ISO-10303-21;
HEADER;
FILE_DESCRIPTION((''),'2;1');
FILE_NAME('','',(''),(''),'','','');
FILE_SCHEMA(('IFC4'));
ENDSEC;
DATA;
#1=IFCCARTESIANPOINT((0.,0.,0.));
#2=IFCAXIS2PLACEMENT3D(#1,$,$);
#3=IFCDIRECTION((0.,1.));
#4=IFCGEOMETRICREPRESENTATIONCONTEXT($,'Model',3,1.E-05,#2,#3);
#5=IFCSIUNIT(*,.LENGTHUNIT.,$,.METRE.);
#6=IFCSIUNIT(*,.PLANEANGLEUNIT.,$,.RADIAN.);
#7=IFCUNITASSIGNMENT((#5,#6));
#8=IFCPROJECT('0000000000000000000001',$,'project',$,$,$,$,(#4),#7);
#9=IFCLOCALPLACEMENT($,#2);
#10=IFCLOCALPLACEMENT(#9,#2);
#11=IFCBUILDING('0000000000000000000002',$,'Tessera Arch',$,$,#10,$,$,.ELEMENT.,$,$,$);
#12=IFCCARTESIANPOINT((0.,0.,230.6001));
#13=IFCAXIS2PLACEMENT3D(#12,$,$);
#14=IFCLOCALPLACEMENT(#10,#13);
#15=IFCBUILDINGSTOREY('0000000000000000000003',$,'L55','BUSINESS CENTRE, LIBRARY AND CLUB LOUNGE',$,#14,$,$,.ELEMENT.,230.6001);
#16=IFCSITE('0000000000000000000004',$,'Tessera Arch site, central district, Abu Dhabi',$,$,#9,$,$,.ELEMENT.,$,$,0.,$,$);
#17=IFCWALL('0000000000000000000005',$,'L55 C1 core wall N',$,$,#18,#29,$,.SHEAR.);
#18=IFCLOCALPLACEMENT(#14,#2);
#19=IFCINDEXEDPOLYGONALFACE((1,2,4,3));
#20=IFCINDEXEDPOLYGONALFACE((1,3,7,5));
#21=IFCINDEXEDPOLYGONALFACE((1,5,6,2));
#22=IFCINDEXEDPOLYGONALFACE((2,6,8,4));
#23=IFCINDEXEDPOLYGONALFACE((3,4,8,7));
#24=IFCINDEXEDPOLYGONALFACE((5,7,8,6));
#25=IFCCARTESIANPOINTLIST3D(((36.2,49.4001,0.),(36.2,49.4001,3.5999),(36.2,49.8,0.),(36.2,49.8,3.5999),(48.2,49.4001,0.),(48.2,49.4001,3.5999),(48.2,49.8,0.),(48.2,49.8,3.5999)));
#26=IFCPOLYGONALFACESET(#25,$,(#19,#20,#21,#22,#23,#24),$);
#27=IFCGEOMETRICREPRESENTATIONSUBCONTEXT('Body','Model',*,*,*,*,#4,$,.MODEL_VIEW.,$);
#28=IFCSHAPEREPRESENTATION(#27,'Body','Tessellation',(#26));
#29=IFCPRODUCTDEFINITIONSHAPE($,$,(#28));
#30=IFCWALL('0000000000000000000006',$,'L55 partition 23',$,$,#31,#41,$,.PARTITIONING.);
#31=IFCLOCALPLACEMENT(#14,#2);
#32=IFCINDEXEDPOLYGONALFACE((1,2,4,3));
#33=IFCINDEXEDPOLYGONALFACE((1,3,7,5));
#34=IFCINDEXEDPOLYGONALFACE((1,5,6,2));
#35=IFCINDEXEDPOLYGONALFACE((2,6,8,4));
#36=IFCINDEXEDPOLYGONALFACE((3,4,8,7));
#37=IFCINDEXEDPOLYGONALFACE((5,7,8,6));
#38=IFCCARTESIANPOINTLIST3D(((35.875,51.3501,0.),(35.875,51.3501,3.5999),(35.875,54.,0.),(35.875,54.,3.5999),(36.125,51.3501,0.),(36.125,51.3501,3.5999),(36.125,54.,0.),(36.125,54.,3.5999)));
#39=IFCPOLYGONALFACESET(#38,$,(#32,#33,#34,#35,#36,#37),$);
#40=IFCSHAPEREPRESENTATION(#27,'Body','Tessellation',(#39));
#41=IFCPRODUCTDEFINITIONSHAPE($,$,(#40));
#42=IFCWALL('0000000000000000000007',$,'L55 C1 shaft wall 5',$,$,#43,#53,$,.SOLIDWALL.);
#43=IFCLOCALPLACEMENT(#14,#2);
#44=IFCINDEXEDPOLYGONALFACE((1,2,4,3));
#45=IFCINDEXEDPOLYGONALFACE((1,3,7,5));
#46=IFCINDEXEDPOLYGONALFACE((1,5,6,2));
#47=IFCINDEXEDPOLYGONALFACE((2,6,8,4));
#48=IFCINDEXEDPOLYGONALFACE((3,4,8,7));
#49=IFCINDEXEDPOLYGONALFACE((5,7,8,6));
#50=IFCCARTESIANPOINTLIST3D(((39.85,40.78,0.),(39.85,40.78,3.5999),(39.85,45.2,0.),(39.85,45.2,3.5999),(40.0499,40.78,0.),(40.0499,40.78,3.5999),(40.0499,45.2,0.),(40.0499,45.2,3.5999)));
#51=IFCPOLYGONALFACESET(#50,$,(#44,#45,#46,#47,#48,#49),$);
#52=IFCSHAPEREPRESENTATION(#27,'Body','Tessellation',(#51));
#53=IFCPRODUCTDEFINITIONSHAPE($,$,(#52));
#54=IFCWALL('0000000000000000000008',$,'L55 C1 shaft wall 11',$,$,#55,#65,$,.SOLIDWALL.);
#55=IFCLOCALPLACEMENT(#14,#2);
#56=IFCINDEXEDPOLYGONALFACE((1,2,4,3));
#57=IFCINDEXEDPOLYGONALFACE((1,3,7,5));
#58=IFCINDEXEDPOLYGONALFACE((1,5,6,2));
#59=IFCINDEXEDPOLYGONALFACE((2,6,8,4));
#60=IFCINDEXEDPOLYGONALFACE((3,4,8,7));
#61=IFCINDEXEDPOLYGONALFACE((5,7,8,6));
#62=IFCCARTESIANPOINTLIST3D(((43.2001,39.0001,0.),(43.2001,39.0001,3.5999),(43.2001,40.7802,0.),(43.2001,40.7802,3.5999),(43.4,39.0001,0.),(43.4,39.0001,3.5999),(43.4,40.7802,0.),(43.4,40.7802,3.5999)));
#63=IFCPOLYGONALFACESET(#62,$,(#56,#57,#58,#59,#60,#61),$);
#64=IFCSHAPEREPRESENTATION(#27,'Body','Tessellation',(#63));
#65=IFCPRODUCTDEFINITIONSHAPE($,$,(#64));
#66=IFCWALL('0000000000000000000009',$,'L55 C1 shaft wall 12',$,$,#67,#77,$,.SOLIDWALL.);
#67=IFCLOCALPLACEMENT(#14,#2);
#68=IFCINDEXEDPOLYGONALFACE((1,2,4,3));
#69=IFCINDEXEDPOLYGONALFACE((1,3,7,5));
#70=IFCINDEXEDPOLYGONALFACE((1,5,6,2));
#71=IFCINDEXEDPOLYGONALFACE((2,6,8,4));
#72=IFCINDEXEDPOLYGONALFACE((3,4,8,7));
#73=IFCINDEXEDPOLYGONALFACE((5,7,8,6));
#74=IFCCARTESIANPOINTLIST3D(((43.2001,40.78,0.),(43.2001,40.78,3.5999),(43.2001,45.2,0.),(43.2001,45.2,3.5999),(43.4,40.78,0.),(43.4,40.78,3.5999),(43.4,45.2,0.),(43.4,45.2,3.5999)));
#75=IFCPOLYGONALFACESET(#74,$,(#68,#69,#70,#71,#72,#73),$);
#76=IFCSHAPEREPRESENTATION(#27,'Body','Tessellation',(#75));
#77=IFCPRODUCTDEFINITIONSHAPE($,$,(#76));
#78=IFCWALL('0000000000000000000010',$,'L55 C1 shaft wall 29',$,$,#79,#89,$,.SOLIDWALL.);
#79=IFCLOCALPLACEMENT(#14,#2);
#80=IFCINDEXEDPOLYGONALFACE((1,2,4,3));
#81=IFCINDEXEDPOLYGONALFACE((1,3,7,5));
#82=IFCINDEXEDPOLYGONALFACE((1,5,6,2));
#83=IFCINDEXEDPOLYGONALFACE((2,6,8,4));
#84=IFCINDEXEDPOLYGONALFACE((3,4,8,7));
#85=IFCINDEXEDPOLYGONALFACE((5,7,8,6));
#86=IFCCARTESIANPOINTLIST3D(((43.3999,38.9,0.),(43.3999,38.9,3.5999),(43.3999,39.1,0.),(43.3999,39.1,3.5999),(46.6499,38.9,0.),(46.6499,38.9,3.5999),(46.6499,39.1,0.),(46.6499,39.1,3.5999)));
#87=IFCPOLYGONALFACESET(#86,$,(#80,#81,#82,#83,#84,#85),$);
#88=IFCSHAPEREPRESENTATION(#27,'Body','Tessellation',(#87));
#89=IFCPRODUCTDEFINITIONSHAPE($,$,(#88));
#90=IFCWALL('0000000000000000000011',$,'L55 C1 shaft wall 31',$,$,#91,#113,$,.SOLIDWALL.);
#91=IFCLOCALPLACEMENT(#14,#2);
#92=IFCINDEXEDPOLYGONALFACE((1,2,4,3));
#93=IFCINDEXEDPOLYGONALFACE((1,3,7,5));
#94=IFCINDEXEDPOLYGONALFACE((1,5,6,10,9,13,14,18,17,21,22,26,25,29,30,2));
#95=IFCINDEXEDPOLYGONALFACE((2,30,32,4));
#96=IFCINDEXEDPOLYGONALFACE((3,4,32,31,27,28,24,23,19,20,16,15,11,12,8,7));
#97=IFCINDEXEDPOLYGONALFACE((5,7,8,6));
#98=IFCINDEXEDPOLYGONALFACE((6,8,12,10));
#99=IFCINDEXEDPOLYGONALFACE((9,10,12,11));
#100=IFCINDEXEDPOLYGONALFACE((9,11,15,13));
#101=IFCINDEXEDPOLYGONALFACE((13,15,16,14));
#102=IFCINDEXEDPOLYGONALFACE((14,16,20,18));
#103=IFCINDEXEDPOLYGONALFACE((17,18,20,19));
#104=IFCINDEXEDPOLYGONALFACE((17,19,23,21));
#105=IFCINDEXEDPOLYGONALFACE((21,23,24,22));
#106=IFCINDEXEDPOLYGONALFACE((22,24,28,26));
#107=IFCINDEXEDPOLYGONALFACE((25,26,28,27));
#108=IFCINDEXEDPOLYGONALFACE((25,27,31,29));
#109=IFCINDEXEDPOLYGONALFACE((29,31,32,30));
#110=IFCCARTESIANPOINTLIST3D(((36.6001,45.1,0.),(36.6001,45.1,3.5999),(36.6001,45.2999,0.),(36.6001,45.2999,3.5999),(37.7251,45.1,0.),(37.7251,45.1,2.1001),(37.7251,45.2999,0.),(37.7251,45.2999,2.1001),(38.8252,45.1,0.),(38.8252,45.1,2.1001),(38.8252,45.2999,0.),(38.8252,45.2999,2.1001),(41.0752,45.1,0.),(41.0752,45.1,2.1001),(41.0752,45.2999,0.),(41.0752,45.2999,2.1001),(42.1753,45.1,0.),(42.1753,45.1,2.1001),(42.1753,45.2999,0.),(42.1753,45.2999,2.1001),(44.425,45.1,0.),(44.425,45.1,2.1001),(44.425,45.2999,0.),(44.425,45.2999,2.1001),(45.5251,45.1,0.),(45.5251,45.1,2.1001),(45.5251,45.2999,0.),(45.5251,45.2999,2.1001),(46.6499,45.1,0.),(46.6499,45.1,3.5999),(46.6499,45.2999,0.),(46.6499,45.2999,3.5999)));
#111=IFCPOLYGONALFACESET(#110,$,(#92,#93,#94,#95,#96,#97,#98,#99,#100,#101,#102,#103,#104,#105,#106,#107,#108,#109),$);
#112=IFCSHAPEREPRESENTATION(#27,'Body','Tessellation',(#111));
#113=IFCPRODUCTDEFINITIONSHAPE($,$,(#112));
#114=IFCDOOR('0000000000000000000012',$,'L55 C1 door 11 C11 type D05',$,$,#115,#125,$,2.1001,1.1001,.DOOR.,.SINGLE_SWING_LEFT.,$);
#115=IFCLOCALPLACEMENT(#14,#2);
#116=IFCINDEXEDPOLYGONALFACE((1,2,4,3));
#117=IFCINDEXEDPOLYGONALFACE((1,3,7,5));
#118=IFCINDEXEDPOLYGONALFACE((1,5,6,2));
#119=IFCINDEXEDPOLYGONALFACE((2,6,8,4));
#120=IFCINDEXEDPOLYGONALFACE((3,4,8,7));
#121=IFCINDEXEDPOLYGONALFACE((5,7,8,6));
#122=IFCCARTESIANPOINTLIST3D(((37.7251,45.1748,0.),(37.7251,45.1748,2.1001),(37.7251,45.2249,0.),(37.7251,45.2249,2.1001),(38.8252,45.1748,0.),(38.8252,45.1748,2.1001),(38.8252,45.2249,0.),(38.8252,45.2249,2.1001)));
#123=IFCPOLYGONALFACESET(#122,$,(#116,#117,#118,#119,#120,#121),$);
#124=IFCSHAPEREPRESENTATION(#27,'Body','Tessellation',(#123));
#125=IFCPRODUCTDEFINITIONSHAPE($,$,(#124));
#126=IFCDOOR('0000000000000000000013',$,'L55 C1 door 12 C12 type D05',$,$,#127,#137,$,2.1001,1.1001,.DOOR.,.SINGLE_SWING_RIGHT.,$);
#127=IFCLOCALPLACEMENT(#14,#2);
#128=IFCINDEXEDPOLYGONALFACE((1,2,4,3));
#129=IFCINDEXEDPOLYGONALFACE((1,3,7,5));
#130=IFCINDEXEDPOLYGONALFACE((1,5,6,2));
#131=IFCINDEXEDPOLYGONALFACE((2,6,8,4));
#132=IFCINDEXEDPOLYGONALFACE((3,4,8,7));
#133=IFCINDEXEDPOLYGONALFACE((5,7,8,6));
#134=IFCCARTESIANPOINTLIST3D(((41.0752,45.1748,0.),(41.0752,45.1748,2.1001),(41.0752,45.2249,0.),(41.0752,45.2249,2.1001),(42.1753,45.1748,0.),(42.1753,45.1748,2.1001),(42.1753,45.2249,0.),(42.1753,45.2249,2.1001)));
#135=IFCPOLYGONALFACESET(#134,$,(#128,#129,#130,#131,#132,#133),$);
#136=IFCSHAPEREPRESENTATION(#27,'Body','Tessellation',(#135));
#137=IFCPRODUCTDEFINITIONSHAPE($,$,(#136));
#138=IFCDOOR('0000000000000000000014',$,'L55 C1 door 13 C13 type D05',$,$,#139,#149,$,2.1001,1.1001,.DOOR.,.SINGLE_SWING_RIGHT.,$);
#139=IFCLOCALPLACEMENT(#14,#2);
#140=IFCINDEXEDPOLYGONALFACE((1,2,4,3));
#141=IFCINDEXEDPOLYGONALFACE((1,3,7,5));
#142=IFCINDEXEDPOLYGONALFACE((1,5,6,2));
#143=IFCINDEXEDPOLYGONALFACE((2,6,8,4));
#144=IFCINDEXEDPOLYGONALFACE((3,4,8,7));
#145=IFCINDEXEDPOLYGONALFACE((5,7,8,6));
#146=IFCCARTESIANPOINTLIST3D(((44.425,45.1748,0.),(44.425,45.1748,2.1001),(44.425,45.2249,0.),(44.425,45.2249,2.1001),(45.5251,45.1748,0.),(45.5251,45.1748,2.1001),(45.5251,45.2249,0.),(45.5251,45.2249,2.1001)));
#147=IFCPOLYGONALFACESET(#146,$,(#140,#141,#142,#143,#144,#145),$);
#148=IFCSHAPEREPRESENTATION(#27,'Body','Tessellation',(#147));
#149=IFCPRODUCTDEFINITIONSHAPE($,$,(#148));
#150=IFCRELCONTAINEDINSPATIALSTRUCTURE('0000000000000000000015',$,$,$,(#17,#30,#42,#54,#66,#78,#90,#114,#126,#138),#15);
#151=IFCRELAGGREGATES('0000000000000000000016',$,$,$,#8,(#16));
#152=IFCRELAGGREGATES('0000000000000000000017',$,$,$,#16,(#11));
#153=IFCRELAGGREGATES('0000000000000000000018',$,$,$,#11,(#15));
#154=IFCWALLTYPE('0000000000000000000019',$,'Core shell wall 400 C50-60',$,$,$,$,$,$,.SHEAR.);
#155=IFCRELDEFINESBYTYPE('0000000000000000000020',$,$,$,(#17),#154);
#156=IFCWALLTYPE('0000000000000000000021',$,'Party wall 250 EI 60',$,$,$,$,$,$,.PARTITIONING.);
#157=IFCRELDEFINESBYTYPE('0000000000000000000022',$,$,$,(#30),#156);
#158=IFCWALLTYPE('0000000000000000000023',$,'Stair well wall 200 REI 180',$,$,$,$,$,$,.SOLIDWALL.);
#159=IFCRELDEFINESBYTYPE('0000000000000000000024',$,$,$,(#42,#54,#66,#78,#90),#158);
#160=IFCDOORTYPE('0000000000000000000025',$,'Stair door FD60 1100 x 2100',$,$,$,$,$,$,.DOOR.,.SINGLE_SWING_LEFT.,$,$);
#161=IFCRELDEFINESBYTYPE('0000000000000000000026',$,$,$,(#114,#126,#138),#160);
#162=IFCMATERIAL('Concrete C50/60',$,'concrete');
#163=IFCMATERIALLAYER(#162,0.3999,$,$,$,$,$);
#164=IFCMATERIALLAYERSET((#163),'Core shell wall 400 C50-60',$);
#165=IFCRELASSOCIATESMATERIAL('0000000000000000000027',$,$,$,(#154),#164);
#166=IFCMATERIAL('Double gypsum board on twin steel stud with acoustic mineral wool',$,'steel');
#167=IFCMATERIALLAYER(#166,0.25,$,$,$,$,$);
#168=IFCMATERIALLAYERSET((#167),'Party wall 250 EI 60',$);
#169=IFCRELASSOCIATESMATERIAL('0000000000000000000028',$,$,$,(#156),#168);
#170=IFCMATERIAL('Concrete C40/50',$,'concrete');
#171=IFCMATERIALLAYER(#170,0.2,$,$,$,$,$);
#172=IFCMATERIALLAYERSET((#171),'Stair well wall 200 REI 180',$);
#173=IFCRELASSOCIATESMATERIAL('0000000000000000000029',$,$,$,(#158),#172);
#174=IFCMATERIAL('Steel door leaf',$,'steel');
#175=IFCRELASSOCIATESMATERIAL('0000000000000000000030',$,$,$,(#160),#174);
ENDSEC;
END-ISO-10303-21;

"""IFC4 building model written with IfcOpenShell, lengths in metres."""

from ifc_helpers import new_model, si_unit, direction, frame, frame_2d, origin, place, context, subcontext, project, spatial, rectangle, extrude, material, layer, layer_set, type_object, element, fill, save


model = new_model("IFC4")

# Units and contexts
model_context = context("Model", 3, precision=1e-05, world=origin(), true_north=direction((0.0, 1.0)))
body_context = subcontext(model_context, "Body", "Model", "MODEL_VIEW")
ifc_project = project(units=[si_unit("LENGTHUNIT", "METRE"), si_unit("PLANEANGLEUNIT", "RADIAN")], contexts=[model_context])

# Site, building, storey
site_placement = place(None, origin())
site = spatial("IfcSite", under=ifc_project, at=site_placement, Name="Tessera Arch site, central district, Abu Dhabi", CompositionType="ELEMENT", RefElevation=0.0)
building_placement = place(site_placement, origin())
building = spatial("IfcBuilding", under=site, at=building_placement, Name="Tessera Arch", CompositionType="ELEMENT")
storey_placement = place(building_placement, frame((0.0, 0.0, 230.6001)))
storey = spatial("IfcBuildingStorey", under=building, at=storey_placement, Name="L55", Description="BUSINESS CENTRE, LIBRARY AND CLUB LOUNGE", CompositionType="ELEMENT", Elevation=230.6001)

# Walls
ifc_material_1 = material(Name="Concrete C50/60", Category="concrete")
ifc_layer_1 = layer(ifc_material_1, 0.3999)
ifc_layer_set_1 = layer_set([ifc_layer_1], Name="Core shell wall 400 C50-60")
wall_type_1 = type_object("IfcWallType", Name="Core shell wall 400 C50-60", PredefinedType="SHEAR", material=ifc_layer_set_1)
wall_1_placement = place(storey_placement, frame((36.2, 49.6001, 0.0), z_axis=(0.0, 0.0, 1.0), x_axis=(1.0, 0.0, 0.0)))
element("IfcWall", 1, at=wall_1_placement, inside=storey, type_object=wall_type_1, Name="L55 C1 core wall N", PredefinedType="SHEAR", context=body_context, shape_type="SweptSolid", body=[
    extrude(rectangle(XDim=12.0, YDim=0.3999, at=frame_2d((6.0, 0.0))), origin(), (0.0, 0.0, 1.0), 3.5999),
])
ifc_material_2 = material(Name="Double gypsum board on twin steel stud with acoustic mineral wool", Category="steel")
ifc_layer_2 = layer(ifc_material_2, 0.25)
ifc_layer_set_2 = layer_set([ifc_layer_2], Name="Party wall 250 EI 60")
wall_type_2 = type_object("IfcWallType", Name="Party wall 250 EI 60", PredefinedType="PARTITIONING", material=ifc_layer_set_2)
wall_2_placement = place(storey_placement, frame((36.0, 51.3501, 0.0), z_axis=(0.0, 0.0, 1.0), x_axis=(0.0, 1.0, 0.0)))
element("IfcWall", 2, at=wall_2_placement, inside=storey, type_object=wall_type_2, Name="L55 partition 23", PredefinedType="PARTITIONING", context=body_context, shape_type="SweptSolid", body=[
    extrude(rectangle(XDim=2.6499, YDim=0.25, at=frame_2d((1.325, 0.0))), origin(), (0.0, 0.0, 1.0), 3.5999),
])
ifc_material_3 = material(Name="Concrete C40/50", Category="concrete")
ifc_layer_3 = layer(ifc_material_3, 0.2)
ifc_layer_set_3 = layer_set([ifc_layer_3], Name="Stair well wall 200 REI 180")
wall_type_3 = type_object("IfcWallType", Name="Stair well wall 200 REI 180", PredefinedType="SOLIDWALL", material=ifc_layer_set_3)
wall_3_placement = place(storey_placement, frame((39.95, 40.78, 0.0), z_axis=(0.0, 0.0, 1.0), x_axis=(0.0, 1.0, 0.0)))
element("IfcWall", 3, at=wall_3_placement, inside=storey, type_object=wall_type_3, Name="L55 C1 shaft wall 5", PredefinedType="SOLIDWALL", context=body_context, shape_type="SweptSolid", body=[
    extrude(rectangle(XDim=4.4199, YDim=0.2, at=frame_2d((2.21, 0.0))), origin(), (0.0, 0.0, 1.0), 3.5999),
])
wall_4_placement = place(storey_placement, frame((43.3, 39.0, 0.0), z_axis=(0.0, 0.0, 1.0), x_axis=(0.0, 1.0, 0.0)))
element("IfcWall", 4, at=wall_4_placement, inside=storey, type_object=wall_type_3, Name="L55 C1 shaft wall 11", PredefinedType="SOLIDWALL", context=body_context, shape_type="SweptSolid", body=[
    extrude(rectangle(XDim=1.78, YDim=0.2, at=frame_2d((0.8901, 0.0))), origin(), (0.0, 0.0, 1.0), 3.5999),
])
wall_5_placement = place(storey_placement, frame((43.3, 40.78, 0.0), z_axis=(0.0, 0.0, 1.0), x_axis=(0.0, 1.0, 0.0)))
element("IfcWall", 5, at=wall_5_placement, inside=storey, type_object=wall_type_3, Name="L55 C1 shaft wall 12", PredefinedType="SOLIDWALL", context=body_context, shape_type="SweptSolid", body=[
    extrude(rectangle(XDim=4.4199, YDim=0.2, at=frame_2d((2.21, 0.0))), origin(), (0.0, 0.0, 1.0), 3.5999),
])
wall_6_placement = place(storey_placement, frame((43.3999, 39.0, 0.0), z_axis=(0.0, 0.0, 1.0), x_axis=(1.0, 0.0, 0.0)))
element("IfcWall", 6, at=wall_6_placement, inside=storey, type_object=wall_type_3, Name="L55 C1 shaft wall 29", PredefinedType="SOLIDWALL", context=body_context, shape_type="SweptSolid", body=[
    extrude(rectangle(XDim=3.25, YDim=0.2, at=frame_2d((1.625, 0.0))), origin(), (0.0, 0.0, 1.0), 3.5999),
])

# Wall, openings, doors
wall_7_placement = place(storey_placement, frame((36.6001, 45.2, 0.0), z_axis=(0.0, 0.0, 1.0), x_axis=(1.0, 0.0, 0.0)))
wall_7 = element("IfcWall", 7, at=wall_7_placement, inside=storey, type_object=wall_type_3, Name="L55 C1 shaft wall 31", PredefinedType="SOLIDWALL", context=body_context, shape_type="SweptSolid", body=[
    extrude(rectangle(XDim=10.0498, YDim=0.2, at=frame_2d((5.0249, 0.0))), origin(), (0.0, 0.0, 1.0), 3.5999),
])
opening_1_placement = place(wall_7_placement, frame((1.125, 0.0, 0.0)))
opening_1 = element("IfcOpeningElement", 8, at=opening_1_placement, cuts=wall_7, PredefinedType="OPENING", context=body_context, shape_type="SweptSolid", body=[
    extrude(rectangle(XDim=1.1001, YDim=2.1001, at=frame_2d((0.55, 1.05))), frame((0.0, 0.1099, 0.0), z_axis=(0.0, -1.0, 0.0), x_axis=(1.0, 0.0, 0.0)), (0.0, 0.0, 1.0), 0.22),
])
opening_2_placement = place(wall_7_placement, frame((4.4751, 0.0, 0.0)))
opening_2 = element("IfcOpeningElement", 9, at=opening_2_placement, cuts=wall_7, PredefinedType="OPENING", context=body_context, shape_type="SweptSolid", body=[
    extrude(rectangle(XDim=1.1001, YDim=2.1001, at=frame_2d((0.55, 1.05))), frame((0.0, 0.1099, 0.0), z_axis=(0.0, -1.0, 0.0), x_axis=(1.0, 0.0, 0.0)), (0.0, 0.0, 1.0), 0.22),
])
opening_3_placement = place(wall_7_placement, frame((7.825, 0.0, 0.0)))
opening_3 = element("IfcOpeningElement", 10, at=opening_3_placement, cuts=wall_7, PredefinedType="OPENING", context=body_context, shape_type="SweptSolid", body=[
    extrude(rectangle(XDim=1.1001, YDim=2.1001, at=frame_2d((0.55, 1.05))), frame((0.0, 0.1099, 0.0), z_axis=(0.0, -1.0, 0.0), x_axis=(1.0, 0.0, 0.0)), (0.0, 0.0, 1.0), 0.22),
])
ifc_material_4 = material(Name="Steel door leaf", Category="steel")
door_type_1 = type_object("IfcDoorType", Name="Stair door FD60 1100 x 2100", OperationType="SINGLE_SWING_LEFT", PredefinedType="DOOR", material=ifc_material_4)
door_1_placement = place(opening_1_placement, origin())
door_1 = element("IfcDoor", 11, at=door_1_placement, inside=storey, type_object=door_type_1, Name="L55 C1 door 11 C11 type D05", OperationType="SINGLE_SWING_LEFT", OverallHeight=2.1001, OverallWidth=1.1001, PredefinedType="DOOR", context=body_context, shape_type="SweptSolid", body=[
    extrude(rectangle(XDim=1.1001, YDim=2.1001, at=frame_2d((0.55, 1.05))), frame((0.0, 0.0249, 0.0), z_axis=(0.0, -1.0, 0.0), x_axis=(1.0, 0.0, 0.0)), (0.0, 0.0, 1.0), 0.05),
])
fill(opening_1, door_1)
door_2_placement = place(opening_2_placement, origin())
door_2 = element("IfcDoor", 12, at=door_2_placement, inside=storey, type_object=door_type_1, Name="L55 C1 door 12 C12 type D05", OperationType="SINGLE_SWING_RIGHT", OverallHeight=2.1001, OverallWidth=1.1001, PredefinedType="DOOR", context=body_context, shape_type="SweptSolid", body=[
    extrude(rectangle(XDim=1.1001, YDim=2.1001, at=frame_2d((0.55, 1.05))), frame((0.0, 0.0249, 0.0), z_axis=(0.0, -1.0, 0.0), x_axis=(1.0, 0.0, 0.0)), (0.0, 0.0, 1.0), 0.05),
])
fill(opening_2, door_2)
door_3_placement = place(opening_3_placement, origin())
door_3 = element("IfcDoor", 13, at=door_3_placement, inside=storey, type_object=door_type_1, Name="L55 C1 door 13 C13 type D05", OperationType="SINGLE_SWING_RIGHT", OverallHeight=2.1001, OverallWidth=1.1001, PredefinedType="DOOR", context=body_context, shape_type="SweptSolid", body=[
    extrude(rectangle(XDim=1.1001, YDim=2.1001, at=frame_2d((0.55, 1.05))), frame((0.0, 0.0249, 0.0), z_axis=(0.0, -1.0, 0.0), x_axis=(1.0, 0.0, 0.0)), (0.0, 0.0, 1.0), 0.05),
])
fill(opening_3, door_3)

save(model, "model.ifc")
